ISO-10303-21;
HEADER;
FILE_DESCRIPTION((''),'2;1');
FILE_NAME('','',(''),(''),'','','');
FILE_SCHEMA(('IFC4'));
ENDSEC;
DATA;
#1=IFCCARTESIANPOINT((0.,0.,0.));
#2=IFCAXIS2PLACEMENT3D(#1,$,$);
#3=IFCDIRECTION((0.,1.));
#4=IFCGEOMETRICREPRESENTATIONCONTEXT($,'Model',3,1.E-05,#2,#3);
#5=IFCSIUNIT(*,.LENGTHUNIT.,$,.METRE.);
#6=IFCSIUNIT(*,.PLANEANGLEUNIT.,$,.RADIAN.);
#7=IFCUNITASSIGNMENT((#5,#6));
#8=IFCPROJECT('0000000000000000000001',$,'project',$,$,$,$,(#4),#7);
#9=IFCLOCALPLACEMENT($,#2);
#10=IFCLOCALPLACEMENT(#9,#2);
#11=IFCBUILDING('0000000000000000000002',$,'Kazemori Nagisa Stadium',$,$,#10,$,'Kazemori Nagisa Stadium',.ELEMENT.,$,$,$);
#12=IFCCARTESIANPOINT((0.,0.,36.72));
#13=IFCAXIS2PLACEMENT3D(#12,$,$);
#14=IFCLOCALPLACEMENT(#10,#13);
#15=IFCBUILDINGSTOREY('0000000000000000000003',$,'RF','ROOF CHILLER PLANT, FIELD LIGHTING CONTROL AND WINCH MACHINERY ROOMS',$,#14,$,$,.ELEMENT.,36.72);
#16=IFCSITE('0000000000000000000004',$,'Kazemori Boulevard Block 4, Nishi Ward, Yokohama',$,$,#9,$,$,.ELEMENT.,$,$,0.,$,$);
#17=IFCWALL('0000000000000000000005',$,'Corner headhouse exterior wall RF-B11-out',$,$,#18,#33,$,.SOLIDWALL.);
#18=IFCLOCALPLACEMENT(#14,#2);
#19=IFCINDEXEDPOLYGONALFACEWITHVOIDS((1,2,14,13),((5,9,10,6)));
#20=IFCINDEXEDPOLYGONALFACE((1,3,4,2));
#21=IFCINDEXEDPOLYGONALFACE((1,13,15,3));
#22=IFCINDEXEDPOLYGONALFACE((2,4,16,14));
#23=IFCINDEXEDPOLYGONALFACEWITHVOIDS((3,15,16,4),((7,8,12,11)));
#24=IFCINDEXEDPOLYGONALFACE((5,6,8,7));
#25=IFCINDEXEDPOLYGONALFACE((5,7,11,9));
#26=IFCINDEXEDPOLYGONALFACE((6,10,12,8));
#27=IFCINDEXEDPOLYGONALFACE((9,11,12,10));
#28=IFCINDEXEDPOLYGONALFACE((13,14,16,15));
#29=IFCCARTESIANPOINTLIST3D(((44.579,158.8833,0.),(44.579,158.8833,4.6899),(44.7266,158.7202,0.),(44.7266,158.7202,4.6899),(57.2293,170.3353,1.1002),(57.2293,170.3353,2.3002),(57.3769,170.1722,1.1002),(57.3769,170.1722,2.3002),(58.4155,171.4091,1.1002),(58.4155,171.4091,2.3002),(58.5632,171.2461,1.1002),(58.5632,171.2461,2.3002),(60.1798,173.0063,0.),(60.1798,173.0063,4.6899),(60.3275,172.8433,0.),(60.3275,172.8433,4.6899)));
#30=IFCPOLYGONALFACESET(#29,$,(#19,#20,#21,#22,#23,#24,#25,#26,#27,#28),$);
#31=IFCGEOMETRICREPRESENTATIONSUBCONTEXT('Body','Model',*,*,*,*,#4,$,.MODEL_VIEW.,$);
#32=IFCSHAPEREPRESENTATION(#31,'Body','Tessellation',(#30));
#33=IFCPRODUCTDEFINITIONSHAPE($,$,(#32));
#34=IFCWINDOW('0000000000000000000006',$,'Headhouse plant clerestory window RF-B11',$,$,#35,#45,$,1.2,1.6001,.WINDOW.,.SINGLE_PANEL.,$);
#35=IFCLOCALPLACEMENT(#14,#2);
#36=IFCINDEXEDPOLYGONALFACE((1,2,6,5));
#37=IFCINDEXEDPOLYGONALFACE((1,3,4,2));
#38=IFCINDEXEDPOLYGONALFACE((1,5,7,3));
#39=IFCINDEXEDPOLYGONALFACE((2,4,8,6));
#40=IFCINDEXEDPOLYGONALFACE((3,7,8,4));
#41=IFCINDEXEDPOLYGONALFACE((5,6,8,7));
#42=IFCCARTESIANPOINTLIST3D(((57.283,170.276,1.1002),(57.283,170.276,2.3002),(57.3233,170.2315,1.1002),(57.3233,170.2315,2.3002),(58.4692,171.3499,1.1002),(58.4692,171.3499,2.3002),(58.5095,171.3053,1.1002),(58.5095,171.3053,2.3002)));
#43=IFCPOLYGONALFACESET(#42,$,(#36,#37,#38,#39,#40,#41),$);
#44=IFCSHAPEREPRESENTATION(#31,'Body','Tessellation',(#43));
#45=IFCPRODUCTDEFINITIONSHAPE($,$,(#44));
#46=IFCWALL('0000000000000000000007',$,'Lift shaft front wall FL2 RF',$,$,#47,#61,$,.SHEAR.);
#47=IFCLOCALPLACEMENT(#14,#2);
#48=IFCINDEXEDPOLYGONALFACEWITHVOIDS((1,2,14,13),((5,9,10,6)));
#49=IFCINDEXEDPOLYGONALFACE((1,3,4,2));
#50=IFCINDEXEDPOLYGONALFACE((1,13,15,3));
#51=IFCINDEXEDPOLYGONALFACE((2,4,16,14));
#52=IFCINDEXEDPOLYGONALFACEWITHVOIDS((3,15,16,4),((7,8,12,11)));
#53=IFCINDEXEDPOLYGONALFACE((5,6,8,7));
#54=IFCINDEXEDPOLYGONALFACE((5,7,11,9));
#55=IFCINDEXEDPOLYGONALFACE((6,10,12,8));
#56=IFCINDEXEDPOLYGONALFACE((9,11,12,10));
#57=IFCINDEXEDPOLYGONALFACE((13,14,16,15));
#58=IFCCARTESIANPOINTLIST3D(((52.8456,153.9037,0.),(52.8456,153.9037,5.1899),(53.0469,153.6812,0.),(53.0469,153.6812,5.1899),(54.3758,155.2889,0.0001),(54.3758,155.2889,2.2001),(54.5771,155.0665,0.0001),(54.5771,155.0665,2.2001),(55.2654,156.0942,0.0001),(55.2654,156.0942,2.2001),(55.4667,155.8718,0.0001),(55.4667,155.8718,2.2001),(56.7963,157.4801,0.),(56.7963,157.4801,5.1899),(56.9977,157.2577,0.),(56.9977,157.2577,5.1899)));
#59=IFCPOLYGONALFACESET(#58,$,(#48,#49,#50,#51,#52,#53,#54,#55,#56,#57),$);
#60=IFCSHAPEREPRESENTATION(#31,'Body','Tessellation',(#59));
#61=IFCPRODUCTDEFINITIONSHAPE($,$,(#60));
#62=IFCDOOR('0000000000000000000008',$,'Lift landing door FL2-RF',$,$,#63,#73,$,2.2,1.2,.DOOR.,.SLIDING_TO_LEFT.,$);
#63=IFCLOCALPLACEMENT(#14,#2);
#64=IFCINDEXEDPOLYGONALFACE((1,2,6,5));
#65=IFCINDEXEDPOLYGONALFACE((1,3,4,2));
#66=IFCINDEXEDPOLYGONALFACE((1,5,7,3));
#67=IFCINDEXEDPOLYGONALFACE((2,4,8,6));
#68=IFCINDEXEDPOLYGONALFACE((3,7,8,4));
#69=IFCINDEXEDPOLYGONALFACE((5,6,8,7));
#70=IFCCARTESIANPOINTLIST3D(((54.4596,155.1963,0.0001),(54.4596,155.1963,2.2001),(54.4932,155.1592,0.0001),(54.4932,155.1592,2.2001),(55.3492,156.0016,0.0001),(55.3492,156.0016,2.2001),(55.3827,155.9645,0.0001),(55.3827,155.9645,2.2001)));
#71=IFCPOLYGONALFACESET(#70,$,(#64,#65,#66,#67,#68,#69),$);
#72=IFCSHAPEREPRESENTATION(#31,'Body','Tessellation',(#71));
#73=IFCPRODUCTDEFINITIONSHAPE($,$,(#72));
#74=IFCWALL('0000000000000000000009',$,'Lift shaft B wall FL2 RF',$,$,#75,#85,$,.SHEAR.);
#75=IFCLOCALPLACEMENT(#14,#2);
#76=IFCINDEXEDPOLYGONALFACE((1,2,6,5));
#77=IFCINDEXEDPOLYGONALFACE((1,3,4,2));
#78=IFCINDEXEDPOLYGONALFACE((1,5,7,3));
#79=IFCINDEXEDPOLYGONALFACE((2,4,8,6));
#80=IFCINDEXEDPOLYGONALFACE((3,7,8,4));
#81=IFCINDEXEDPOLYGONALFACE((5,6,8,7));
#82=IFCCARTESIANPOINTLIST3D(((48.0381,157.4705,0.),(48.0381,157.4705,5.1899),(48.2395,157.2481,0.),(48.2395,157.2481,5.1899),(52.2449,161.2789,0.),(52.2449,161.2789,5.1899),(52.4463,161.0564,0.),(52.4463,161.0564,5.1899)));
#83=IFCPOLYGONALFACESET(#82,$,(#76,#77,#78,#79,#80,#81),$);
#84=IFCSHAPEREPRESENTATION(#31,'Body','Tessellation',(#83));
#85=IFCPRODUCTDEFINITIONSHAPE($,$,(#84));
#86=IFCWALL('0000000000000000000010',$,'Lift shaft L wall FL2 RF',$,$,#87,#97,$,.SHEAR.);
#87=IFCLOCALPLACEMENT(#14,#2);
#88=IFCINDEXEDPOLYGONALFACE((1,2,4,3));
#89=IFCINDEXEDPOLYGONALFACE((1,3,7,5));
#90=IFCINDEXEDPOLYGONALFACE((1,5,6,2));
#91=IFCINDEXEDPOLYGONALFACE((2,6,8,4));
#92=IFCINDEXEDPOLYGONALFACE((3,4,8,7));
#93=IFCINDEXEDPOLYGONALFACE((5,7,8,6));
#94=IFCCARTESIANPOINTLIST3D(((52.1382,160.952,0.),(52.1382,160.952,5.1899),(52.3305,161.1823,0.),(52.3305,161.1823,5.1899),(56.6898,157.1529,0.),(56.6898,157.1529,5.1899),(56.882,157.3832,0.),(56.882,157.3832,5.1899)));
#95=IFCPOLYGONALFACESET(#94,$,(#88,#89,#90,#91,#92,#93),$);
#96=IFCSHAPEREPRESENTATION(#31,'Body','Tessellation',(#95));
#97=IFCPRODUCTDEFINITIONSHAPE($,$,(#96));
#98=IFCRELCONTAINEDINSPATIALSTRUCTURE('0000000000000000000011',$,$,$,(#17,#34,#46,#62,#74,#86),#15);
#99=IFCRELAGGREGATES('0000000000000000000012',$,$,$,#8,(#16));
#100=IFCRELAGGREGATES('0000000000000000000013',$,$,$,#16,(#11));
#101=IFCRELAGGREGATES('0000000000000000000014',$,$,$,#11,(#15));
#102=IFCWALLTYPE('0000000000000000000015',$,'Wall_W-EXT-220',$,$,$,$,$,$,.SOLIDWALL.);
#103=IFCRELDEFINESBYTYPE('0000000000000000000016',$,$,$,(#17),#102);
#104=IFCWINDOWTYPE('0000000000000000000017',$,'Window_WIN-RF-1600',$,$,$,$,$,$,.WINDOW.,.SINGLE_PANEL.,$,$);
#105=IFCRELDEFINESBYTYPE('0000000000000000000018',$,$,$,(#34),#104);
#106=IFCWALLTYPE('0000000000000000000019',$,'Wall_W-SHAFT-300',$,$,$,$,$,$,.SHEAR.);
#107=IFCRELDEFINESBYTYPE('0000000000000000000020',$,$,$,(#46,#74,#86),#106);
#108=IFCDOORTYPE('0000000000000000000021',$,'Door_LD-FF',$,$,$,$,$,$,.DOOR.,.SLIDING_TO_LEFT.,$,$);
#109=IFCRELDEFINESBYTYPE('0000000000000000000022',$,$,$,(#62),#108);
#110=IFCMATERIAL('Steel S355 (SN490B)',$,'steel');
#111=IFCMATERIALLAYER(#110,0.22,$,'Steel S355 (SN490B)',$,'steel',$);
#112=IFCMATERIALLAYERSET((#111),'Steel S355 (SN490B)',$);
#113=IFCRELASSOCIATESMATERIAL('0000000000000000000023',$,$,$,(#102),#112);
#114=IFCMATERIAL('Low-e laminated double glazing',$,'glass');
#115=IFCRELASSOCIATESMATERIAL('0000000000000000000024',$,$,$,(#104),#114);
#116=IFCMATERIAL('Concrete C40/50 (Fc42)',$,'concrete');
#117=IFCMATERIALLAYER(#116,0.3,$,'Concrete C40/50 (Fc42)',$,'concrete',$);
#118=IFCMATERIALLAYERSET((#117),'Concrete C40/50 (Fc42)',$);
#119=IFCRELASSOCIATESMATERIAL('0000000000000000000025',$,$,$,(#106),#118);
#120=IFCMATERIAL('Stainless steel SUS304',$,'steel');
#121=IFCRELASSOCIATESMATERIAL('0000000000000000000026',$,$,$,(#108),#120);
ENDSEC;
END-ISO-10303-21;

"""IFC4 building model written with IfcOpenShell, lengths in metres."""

from ifc_helpers import new_model, si_unit, direction, frame, frame_2d, origin, place, context, subcontext, project, spatial, rectangle, extrude, material, layer, layer_set, type_object, element, fill, save


model = new_model("IFC4")

# Units and contexts
model_context = context("Model", 3, precision=1e-05, world=origin(), true_north=direction((0.0, 1.0)))
body_context = subcontext(model_context, "Body", "Model", "MODEL_VIEW")
ifc_project = project(units=[si_unit("LENGTHUNIT", "METRE"), si_unit("PLANEANGLEUNIT", "RADIAN")], contexts=[model_context])

# Site, building, storey
site_placement = place(None, origin())
site = spatial("IfcSite", under=ifc_project, at=site_placement, Name="Kazemori Boulevard Block 4, Nishi Ward, Yokohama", CompositionType="ELEMENT", RefElevation=0.0)
building_placement = place(site_placement, origin())
building = spatial("IfcBuilding", under=site, at=building_placement, Name="Kazemori Nagisa Stadium", LongName="Kazemori Nagisa Stadium", CompositionType="ELEMENT")
storey_placement = place(building_placement, frame((0.0, 0.0, 36.72)))
storey = spatial("IfcBuildingStorey", under=building, at=storey_placement, Name="RF", Description="ROOF CHILLER PLANT, FIELD LIGHTING CONTROL AND WINCH MACHINERY ROOMS", CompositionType="ELEMENT", Elevation=36.72)

# Shared definitions
ifc_material_1 = material(Name="Concrete C40/50 (Fc42)", Category="concrete")

# Wall, opening, window
ifc_material_2 = material(Name="Steel S355 (SN490B)", Category="steel")
ifc_layer_1 = layer(ifc_material_2, 0.22, Name="Steel S355 (SN490B)", Category="steel")
ifc_layer_set_1 = layer_set([ifc_layer_1], Name="Steel S355 (SN490B)")
wall_type_1 = type_object("IfcWallType", Name="Wall_W-EXT-220", PredefinedType="SOLIDWALL", material=ifc_layer_set_1)
wall_1_placement = place(storey_placement, frame((60.2537, 172.9248, 0.0), z_axis=(0.0, 0.0, 1.0), x_axis=(-0.741346, -0.671123, 0.0)))
wall_1 = element("IfcWall", 1, at=wall_1_placement, inside=storey, type_object=wall_type_1, Name="Corner headhouse exterior wall RF-B11-out", PredefinedType="SOLIDWALL", context=body_context, shape_type="SweptSolid", body=[
    extrude(rectangle(XDim=21.0439, YDim=0.22, at=frame_2d((10.522, 0.0))), origin(), (0.0, 0.0, 1.0), 4.6899),
])
opening_1_placement = place(wall_1_placement, frame((2.3799, 0.0, 1.1001)))
opening_1 = element("IfcOpeningElement", 2, at=opening_1_placement, cuts=wall_1, PredefinedType="OPENING", context=body_context, shape_type="SweptSolid", body=[
    extrude(rectangle(XDim=1.6001, YDim=1.2, at=frame_2d((0.8, 0.6001))), frame((0.0, 0.1199, 0.0), z_axis=(0.0, -1.0, 0.0), x_axis=(1.0, 0.0, 0.0)), (0.0, 0.0, 1.0), 0.24),
])
ifc_material_3 = material(Name="Low-e laminated double glazing", Category="glass")
window_type = type_object("IfcWindowType", Name="Window_WIN-RF-1600", PartitioningType="SINGLE_PANEL", PredefinedType="WINDOW", material=ifc_material_3)
window_placement = place(opening_1_placement, origin())
window = element("IfcWindow", 3, at=window_placement, inside=storey, type_object=window_type, Name="Headhouse plant clerestory window RF-B11", OverallHeight=1.2, OverallWidth=1.6001, PartitioningType="SINGLE_PANEL", PredefinedType="WINDOW", context=body_context, shape_type="SweptSolid", body=[
    extrude(rectangle(XDim=1.6001, YDim=1.2, at=frame_2d((0.8, 0.6001))), frame((0.0, 0.03, 0.0), z_axis=(0.0, -1.0, 0.0), x_axis=(1.0, 0.0, 0.0)), (0.0, 0.0, 1.0), 0.0601),
])
fill(opening_1, window)

# Wall, opening, door
ifc_layer_2 = layer(ifc_material_1, 0.3, Name="Concrete C40/50 (Fc42)", Category="concrete")
ifc_layer_set_2 = layer_set([ifc_layer_2], Name="Concrete C40/50 (Fc42)")
wall_type_2 = type_object("IfcWallType", Name="Wall_W-SHAFT-300", PredefinedType="SHEAR", material=ifc_layer_set_2)
wall_2_placement = place(storey_placement, frame((56.897, 157.3689, 0.0), z_axis=(0.0, 0.0, 1.0), x_axis=(-0.74135, -0.671118, 0.0)))
wall_2 = element("IfcWall", 4, at=wall_2_placement, inside=storey, type_object=wall_type_2, Name="Lift shaft front wall FL2 RF", PredefinedType="SHEAR", context=body_context, shape_type="SweptSolid", body=[
    extrude(rectangle(XDim=5.3291, YDim=0.3, at=frame_2d((2.6646, 0.0))), origin(), (0.0, 0.0, 1.0), 5.1899),
])
opening_2_placement = place(wall_2_placement, frame((2.0649, 0.0, 0.0)))
opening_2 = element("IfcOpeningElement", 5, at=opening_2_placement, cuts=wall_2, PredefinedType="OPENING", context=body_context, shape_type="SweptSolid", body=[
    extrude(rectangle(XDim=1.2, YDim=2.2, at=frame_2d((0.6001, 1.1001))), frame((0.0, 0.1599, 0.0), z_axis=(0.0, -1.0, 0.0), x_axis=(1.0, 0.0, 0.0)), (0.0, 0.0, 1.0), 0.3201),
])
ifc_material_4 = material(Name="Stainless steel SUS304", Category="steel")
door_type = type_object("IfcDoorType", Name="Door_LD-FF", OperationType="SLIDING_TO_LEFT", PredefinedType="DOOR", material=ifc_material_4)
door_placement = place(opening_2_placement, origin())
door = element("IfcDoor", 6, at=door_placement, inside=storey, type_object=door_type, Name="Lift landing door FL2-RF", OperationType="SLIDING_TO_LEFT", OverallHeight=2.2, OverallWidth=1.2, PredefinedType="DOOR", context=body_context, shape_type="SweptSolid", body=[
    extrude(rectangle(XDim=1.2, YDim=2.2, at=frame_2d((0.6001, 1.1001))), frame((0.0, 0.0249, 0.0), z_axis=(0.0, -1.0, 0.0), x_axis=(1.0, 0.0, 0.0)), (0.0, 0.0, 1.0), 0.05),
])
fill(opening_2, door)

# Walls
wall_3_placement = place(storey_placement, frame((52.3457, 161.1677, 0.0), z_axis=(0.0, 0.0, 1.0), x_axis=(-0.741342, -0.671127, 0.0)))
element("IfcWall", 7, at=wall_3_placement, inside=storey, type_object=wall_type_2, Name="Lift shaft B wall FL2 RF", PredefinedType="SHEAR", context=body_context, shape_type="SweptSolid", body=[
    extrude(rectangle(XDim=5.6746, YDim=0.3, at=frame_2d((2.8374, 0.0))), origin(), (0.0, 0.0, 1.0), 5.1899),
])
wall_4_placement = place(storey_placement, frame((56.7859, 157.2681, 0.0), z_axis=(0.0, 0.0, 1.0), x_axis=(-0.767711, 0.640796, 0.0)))
element("IfcWall", 8, at=wall_4_placement, inside=storey, type_object=wall_type_2, Name="Lift shaft L wall FL2 RF", PredefinedType="SHEAR", context=body_context, shape_type="SweptSolid", body=[
    extrude(rectangle(XDim=5.9287, YDim=0.3, at=frame_2d((2.9644, 0.0))), origin(), (0.0, 0.0, 1.0), 5.1899),
])

save(model, "model.ifc")
